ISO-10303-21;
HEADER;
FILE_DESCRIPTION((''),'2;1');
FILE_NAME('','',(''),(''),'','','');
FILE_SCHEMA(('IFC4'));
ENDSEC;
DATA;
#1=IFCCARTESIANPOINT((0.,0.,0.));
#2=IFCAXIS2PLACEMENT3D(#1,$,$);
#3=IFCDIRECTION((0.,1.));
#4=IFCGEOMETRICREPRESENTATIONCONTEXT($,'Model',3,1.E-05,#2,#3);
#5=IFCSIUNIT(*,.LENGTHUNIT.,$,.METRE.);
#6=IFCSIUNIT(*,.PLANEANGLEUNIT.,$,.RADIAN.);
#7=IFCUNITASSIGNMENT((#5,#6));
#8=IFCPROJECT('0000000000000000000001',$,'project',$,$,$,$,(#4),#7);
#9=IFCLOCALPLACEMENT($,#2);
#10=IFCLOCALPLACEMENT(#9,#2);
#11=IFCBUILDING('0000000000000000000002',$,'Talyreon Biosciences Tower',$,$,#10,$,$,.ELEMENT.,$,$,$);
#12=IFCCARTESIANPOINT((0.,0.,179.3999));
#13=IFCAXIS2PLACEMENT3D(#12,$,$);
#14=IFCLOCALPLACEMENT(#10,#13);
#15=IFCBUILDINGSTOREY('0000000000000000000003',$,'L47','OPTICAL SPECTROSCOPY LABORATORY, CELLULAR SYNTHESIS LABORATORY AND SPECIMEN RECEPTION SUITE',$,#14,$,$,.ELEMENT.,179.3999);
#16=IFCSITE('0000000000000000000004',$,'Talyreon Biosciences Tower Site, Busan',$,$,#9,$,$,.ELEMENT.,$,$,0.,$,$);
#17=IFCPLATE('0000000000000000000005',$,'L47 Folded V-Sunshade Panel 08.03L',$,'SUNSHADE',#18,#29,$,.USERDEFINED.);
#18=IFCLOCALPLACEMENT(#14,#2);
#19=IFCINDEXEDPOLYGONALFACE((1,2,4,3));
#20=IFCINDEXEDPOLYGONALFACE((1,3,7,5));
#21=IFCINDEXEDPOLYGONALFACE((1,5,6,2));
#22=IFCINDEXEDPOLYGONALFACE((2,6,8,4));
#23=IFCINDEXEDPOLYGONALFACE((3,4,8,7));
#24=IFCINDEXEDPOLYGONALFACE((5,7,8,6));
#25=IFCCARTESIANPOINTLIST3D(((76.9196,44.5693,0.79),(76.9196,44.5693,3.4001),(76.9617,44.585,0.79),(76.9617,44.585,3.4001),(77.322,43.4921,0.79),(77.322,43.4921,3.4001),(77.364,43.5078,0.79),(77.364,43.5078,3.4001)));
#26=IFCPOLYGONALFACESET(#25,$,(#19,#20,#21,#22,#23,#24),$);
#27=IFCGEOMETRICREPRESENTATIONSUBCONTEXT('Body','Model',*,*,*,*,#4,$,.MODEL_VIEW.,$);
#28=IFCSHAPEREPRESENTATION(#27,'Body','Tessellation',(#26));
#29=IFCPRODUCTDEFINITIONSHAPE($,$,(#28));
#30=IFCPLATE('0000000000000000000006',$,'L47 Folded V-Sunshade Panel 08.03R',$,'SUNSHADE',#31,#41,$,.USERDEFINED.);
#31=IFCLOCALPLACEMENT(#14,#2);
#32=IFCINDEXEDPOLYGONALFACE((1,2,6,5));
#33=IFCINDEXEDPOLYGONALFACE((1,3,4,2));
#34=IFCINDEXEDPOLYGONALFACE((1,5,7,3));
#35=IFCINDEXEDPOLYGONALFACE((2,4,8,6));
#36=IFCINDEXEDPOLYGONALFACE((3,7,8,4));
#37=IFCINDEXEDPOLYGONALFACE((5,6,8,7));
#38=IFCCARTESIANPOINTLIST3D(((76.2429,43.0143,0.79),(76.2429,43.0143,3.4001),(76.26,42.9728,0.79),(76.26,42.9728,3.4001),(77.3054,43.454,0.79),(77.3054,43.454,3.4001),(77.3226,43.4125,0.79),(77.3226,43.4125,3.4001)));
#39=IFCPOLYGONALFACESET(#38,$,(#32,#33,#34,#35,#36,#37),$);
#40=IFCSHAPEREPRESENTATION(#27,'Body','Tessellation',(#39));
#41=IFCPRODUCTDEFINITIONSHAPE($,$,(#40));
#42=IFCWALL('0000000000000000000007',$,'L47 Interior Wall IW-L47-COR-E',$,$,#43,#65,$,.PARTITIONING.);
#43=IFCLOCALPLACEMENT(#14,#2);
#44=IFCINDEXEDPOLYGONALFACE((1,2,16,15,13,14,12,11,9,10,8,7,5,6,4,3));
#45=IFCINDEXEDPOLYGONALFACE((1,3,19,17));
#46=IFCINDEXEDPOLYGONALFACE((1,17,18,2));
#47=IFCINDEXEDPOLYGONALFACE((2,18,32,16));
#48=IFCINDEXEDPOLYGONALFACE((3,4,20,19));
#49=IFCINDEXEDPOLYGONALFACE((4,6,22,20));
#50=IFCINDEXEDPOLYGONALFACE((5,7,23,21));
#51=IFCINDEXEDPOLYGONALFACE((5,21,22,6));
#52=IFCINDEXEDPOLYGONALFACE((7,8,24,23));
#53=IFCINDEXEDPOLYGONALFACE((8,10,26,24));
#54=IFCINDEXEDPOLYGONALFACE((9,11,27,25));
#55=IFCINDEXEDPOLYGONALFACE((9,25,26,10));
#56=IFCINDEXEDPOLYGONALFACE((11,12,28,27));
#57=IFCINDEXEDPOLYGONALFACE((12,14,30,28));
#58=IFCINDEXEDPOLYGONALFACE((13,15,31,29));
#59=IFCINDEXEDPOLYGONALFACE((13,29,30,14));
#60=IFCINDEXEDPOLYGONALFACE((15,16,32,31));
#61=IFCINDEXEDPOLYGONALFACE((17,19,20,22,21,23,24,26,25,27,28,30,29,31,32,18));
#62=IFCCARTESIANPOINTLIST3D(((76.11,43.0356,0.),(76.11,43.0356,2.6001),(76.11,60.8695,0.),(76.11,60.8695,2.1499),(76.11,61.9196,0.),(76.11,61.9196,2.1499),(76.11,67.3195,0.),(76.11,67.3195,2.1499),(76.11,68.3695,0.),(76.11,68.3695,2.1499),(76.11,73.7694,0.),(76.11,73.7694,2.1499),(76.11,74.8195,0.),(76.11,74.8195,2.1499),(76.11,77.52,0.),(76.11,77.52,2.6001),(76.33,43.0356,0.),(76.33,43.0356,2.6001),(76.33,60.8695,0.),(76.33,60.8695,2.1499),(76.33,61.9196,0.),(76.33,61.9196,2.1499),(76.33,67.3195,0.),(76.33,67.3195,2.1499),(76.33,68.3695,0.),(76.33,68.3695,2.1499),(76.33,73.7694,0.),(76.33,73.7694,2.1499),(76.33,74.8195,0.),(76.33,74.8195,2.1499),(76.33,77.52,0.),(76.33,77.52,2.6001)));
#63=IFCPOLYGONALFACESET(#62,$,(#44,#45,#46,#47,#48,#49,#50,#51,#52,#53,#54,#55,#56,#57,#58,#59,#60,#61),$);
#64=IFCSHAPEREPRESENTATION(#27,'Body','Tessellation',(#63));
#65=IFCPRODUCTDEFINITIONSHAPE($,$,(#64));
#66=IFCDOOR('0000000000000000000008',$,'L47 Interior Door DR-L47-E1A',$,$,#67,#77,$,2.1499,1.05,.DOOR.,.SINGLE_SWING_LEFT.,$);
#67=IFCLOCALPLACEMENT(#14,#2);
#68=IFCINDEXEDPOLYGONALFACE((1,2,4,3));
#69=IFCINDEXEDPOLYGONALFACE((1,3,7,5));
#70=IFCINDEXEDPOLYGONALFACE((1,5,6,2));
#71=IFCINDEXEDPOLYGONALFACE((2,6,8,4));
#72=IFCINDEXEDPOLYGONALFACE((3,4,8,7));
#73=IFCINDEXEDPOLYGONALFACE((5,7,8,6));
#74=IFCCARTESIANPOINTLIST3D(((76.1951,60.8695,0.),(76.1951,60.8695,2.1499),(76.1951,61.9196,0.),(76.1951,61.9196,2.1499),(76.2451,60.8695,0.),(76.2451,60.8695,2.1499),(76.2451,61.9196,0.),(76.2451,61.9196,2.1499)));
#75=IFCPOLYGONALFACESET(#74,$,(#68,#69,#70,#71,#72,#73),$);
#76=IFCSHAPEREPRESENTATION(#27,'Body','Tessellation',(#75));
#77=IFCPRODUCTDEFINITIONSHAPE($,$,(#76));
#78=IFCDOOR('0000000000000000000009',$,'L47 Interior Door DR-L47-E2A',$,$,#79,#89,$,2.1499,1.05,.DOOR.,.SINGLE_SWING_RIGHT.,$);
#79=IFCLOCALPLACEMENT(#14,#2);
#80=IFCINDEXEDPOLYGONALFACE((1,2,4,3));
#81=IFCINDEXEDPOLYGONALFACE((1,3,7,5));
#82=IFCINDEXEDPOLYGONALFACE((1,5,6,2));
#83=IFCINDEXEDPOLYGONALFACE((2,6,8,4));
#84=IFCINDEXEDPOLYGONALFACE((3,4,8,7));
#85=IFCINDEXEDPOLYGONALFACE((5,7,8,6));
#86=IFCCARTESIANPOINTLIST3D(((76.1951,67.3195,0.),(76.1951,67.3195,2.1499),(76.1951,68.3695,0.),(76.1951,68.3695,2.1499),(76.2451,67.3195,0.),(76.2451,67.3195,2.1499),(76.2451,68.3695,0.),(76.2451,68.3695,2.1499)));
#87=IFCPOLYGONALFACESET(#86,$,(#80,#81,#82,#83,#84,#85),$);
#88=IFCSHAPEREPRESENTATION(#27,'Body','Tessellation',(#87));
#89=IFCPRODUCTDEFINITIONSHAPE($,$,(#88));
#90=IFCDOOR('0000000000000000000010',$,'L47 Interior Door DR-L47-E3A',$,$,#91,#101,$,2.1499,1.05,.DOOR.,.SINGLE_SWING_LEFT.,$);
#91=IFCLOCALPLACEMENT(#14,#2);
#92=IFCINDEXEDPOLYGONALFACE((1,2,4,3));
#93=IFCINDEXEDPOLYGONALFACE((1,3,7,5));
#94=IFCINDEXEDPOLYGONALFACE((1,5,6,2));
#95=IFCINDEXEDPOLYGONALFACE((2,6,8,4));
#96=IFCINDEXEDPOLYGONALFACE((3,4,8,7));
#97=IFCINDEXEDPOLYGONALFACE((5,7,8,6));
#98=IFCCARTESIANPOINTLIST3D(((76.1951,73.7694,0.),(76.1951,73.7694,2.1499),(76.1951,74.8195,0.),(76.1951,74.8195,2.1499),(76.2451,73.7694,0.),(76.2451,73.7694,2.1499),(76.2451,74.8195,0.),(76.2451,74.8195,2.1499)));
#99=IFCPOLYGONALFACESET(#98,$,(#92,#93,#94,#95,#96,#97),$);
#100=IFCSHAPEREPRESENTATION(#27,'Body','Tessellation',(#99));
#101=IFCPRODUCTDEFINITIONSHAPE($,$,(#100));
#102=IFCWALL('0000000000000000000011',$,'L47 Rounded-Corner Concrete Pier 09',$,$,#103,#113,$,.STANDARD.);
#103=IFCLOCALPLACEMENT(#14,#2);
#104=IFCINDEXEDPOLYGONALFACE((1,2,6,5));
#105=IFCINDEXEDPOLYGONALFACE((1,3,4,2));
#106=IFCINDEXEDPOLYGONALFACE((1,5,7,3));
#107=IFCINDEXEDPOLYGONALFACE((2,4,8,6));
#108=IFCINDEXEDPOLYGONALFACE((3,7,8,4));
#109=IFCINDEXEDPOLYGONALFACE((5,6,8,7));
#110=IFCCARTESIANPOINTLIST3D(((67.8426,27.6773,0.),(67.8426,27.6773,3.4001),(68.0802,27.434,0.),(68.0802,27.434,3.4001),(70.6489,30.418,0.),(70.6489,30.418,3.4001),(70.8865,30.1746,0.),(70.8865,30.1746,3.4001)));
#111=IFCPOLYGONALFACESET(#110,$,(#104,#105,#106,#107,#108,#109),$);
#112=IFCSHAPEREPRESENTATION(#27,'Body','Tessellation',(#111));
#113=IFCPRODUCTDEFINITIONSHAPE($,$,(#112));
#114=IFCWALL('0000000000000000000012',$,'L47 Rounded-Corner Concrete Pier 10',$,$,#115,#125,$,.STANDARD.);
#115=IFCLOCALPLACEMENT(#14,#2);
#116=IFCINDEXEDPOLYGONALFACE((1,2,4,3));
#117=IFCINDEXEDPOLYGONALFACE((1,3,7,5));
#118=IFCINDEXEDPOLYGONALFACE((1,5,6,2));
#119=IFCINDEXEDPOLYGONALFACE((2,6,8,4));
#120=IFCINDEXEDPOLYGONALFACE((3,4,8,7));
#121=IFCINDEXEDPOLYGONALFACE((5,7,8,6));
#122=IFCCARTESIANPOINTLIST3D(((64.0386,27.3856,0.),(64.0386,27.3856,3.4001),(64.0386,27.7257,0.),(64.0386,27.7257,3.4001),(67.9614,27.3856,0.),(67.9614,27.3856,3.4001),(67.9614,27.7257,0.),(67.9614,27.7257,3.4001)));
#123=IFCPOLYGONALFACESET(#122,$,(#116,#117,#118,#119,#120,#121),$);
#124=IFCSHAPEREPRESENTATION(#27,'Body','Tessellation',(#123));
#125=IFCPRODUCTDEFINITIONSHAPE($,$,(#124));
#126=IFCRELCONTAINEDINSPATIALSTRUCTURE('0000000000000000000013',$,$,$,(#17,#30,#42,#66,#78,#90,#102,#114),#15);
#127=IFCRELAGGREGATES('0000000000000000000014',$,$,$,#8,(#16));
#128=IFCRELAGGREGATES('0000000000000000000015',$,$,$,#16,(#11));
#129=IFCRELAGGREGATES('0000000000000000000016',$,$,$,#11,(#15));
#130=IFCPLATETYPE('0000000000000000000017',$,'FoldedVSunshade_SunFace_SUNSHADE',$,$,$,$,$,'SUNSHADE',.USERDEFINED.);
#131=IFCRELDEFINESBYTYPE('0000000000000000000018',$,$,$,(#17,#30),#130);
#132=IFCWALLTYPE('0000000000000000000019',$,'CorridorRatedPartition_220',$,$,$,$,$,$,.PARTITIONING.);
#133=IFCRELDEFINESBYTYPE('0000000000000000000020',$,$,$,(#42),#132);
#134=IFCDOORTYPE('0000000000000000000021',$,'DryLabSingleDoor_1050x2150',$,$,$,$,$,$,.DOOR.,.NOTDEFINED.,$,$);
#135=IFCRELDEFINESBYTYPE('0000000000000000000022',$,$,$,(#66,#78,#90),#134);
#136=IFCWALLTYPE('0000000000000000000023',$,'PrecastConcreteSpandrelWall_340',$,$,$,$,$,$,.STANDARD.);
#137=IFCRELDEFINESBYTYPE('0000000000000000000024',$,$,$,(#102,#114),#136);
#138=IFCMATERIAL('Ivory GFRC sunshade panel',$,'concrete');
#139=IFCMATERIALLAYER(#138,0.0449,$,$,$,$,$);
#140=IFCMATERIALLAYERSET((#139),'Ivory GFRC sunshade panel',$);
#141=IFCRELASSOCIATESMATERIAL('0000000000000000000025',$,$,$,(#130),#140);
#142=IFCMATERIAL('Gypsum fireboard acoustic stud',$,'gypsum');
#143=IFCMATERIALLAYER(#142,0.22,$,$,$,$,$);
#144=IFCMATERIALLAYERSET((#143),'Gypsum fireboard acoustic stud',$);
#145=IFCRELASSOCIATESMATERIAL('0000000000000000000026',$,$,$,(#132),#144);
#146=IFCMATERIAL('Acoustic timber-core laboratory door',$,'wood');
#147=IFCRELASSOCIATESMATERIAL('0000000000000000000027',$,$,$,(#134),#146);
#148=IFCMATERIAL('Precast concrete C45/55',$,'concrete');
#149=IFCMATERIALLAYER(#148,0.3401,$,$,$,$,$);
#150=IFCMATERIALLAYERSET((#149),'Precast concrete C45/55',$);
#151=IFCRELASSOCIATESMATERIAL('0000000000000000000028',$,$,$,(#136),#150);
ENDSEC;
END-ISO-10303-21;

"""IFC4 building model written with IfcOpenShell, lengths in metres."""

from ifc_helpers import new_model, si_unit, direction, frame, frame_2d, origin, origin_2d, place, context, subcontext, project, spatial, rectangle, extrude, material, layer, layer_set, type_object, element, fill, save


model = new_model("IFC4")

# Units and contexts
model_context = context("Model", 3, precision=1e-05, world=origin(), true_north=direction((0.0, 1.0)))
body_context = subcontext(model_context, "Body", "Model", "MODEL_VIEW")
ifc_project = project(units=[si_unit("LENGTHUNIT", "METRE"), si_unit("PLANEANGLEUNIT", "RADIAN")], contexts=[model_context])

# Site, building, storey
site_placement = place(None, origin())
site = spatial("IfcSite", under=ifc_project, at=site_placement, Name="Talyreon Biosciences Tower Site, Busan", CompositionType="ELEMENT", RefElevation=0.0)
building_placement = place(site_placement, origin())
building = spatial("IfcBuilding", under=site, at=building_placement, Name="Talyreon Biosciences Tower", CompositionType="ELEMENT")
storey_placement = place(building_placement, frame((0.0, 0.0, 179.3999)))
storey = spatial("IfcBuildingStorey", under=building, at=storey_placement, Name="L47", Description="OPTICAL SPECTROSCOPY LABORATORY, CELLULAR SYNTHESIS LABORATORY AND SPECIMEN RECEPTION SUITE", CompositionType="ELEMENT", Elevation=179.3999)

# Shared definitions
ifc_material_1 = material(Name="Precast concrete C45/55", Category="concrete")

# Plates
ifc_material_2 = material(Name="Ivory GFRC sunshade panel", Category="concrete")
ifc_layer_1 = layer(ifc_material_2, 0.0449)
ifc_layer_set_1 = layer_set([ifc_layer_1], Name="Ivory GFRC sunshade panel")
plate_type_1 = type_object("IfcPlateType", Name="FoldedVSunshade_SunFace_SUNSHADE", ElementType="SUNSHADE", PredefinedType="USERDEFINED", material=ifc_layer_set_1)
for number, where, z_axis, x_axis, name in (
    (1, (77.1418, 44.0386, 0.79), (0.0, 0.0, 1.0), (0.349864, -0.9368, 0.0), "L47 Folded V-Sunshade Panel 08.03L"),
    (2, (76.7827, 43.2134, 0.79), (0.0, 0.0, 1.0), (-0.92402, -0.382345, 0.0), "L47 Folded V-Sunshade Panel 08.03R"),
):
    element("IfcPlate", number, at=place(storey_placement, frame(where, z_axis=z_axis, x_axis=x_axis)), inside=storey, type_object=plate_type_1, Name=name, ObjectType="SUNSHADE", PredefinedType="USERDEFINED", context=body_context, shape_type="SweptSolid", body=[
        extrude(rectangle(XDim=1.1499, YDim=0.0449, at=origin_2d()), origin(), (0.0, 0.0, 1.0), 2.6101),
    ])

# Wall, openings, doors
ifc_material_3 = material(Name="Gypsum fireboard acoustic stud", Category="gypsum")
ifc_layer_2 = layer(ifc_material_3, 0.22)
ifc_layer_set_2 = layer_set([ifc_layer_2], Name="Gypsum fireboard acoustic stud")
wall_type_1 = type_object("IfcWallType", Name="CorridorRatedPartition_220", PredefinedType="PARTITIONING", material=ifc_layer_set_2)
wall_1_placement = place(storey_placement, frame((76.22, 43.0356, 0.0), z_axis=(0.0, 0.0, 1.0), x_axis=(0.0, 1.0, 0.0)))
wall_1 = element("IfcWall", 3, at=wall_1_placement, inside=storey, type_object=wall_type_1, Name="L47 Interior Wall IW-L47-COR-E", PredefinedType="PARTITIONING", context=body_context, shape_type="SweptSolid", body=[
    extrude(rectangle(XDim=34.4844, YDim=0.22, at=frame_2d((17.2422, 0.0))), origin(), (0.0, 0.0, 1.0), 2.6001),
])
opening_1_placement = place(wall_1_placement, frame((17.834, 0.0, 0.0)))
opening_1 = element("IfcOpeningElement", 4, at=opening_1_placement, cuts=wall_1, PredefinedType="OPENING", context=body_context, shape_type="SweptSolid", body=[
    extrude(rectangle(XDim=1.05, YDim=2.1499, at=frame_2d((0.5249, 1.075))), frame((0.0, 0.1199, 0.0), z_axis=(0.0, -1.0, 0.0), x_axis=(1.0, 0.0, 0.0)), (0.0, 0.0, 1.0), 0.24),
])
opening_2_placement = place(wall_1_placement, frame((24.2839, 0.0, 0.0)))
opening_2 = element("IfcOpeningElement", 5, at=opening_2_placement, cuts=wall_1, PredefinedType="OPENING", context=body_context, shape_type="SweptSolid", body=[
    extrude(rectangle(XDim=1.05, YDim=2.1499, at=frame_2d((0.5249, 1.075))), frame((0.0, 0.1199, 0.0), z_axis=(0.0, -1.0, 0.0), x_axis=(1.0, 0.0, 0.0)), (0.0, 0.0, 1.0), 0.24),
])
opening_3_placement = place(wall_1_placement, frame((30.7339, 0.0, 0.0)))
opening_3 = element("IfcOpeningElement", 6, at=opening_3_placement, cuts=wall_1, PredefinedType="OPENING", context=body_context, shape_type="SweptSolid", body=[
    extrude(rectangle(XDim=1.05, YDim=2.1499, at=frame_2d((0.5249, 1.075))), frame((0.0, 0.1199, 0.0), z_axis=(0.0, -1.0, 0.0), x_axis=(1.0, 0.0, 0.0)), (0.0, 0.0, 1.0), 0.24),
])
ifc_material_4 = material(Name="Acoustic timber-core laboratory door", Category="wood")
door_type = type_object("IfcDoorType", Name="DryLabSingleDoor_1050x2150", OperationType="NOTDEFINED", PredefinedType="DOOR", material=ifc_material_4)
door_1_placement = place(opening_1_placement, origin())
door_1 = element("IfcDoor", 7, at=door_1_placement, inside=storey, type_object=door_type, Name="L47 Interior Door DR-L47-E1A", OperationType="SINGLE_SWING_LEFT", OverallHeight=2.1499, OverallWidth=1.05, PredefinedType="DOOR", context=body_context, shape_type="SweptSolid", body=[
    extrude(rectangle(XDim=1.05, YDim=2.1499, at=frame_2d((0.5249, 1.075))), frame((0.0, 0.0249, 0.0), z_axis=(0.0, -1.0, 0.0), x_axis=(1.0, 0.0, 0.0)), (0.0, 0.0, 1.0), 0.05),
])
fill(opening_1, door_1)
door_2_placement = place(opening_2_placement, origin())
door_2 = element("IfcDoor", 8, at=door_2_placement, inside=storey, type_object=door_type, Name="L47 Interior Door DR-L47-E2A", OperationType="SINGLE_SWING_RIGHT", OverallHeight=2.1499, OverallWidth=1.05, PredefinedType="DOOR", context=body_context, shape_type="SweptSolid", body=[
    extrude(rectangle(XDim=1.05, YDim=2.1499, at=frame_2d((0.5249, 1.075))), frame((0.0, 0.0249, 0.0), z_axis=(0.0, -1.0, 0.0), x_axis=(1.0, 0.0, 0.0)), (0.0, 0.0, 1.0), 0.05),
])
fill(opening_2, door_2)
door_3_placement = place(opening_3_placement, origin())
door_3 = element("IfcDoor", 9, at=door_3_placement, inside=storey, type_object=door_type, Name="L47 Interior Door DR-L47-E3A", OperationType="SINGLE_SWING_LEFT", OverallHeight=2.1499, OverallWidth=1.05, PredefinedType="DOOR", context=body_context, shape_type="SweptSolid", body=[
    extrude(rectangle(XDim=1.05, YDim=2.1499, at=frame_2d((0.5249, 1.075))), frame((0.0, 0.0249, 0.0), z_axis=(0.0, -1.0, 0.0), x_axis=(1.0, 0.0, 0.0)), (0.0, 0.0, 1.0), 0.05),
])
fill(opening_3, door_3)

# Walls
ifc_layer_3 = layer(ifc_material_1, 0.3401)
ifc_layer_set_3 = layer_set([ifc_layer_3], Name="Precast concrete C45/55")
wall_type_2 = type_object("IfcWallType", Name="PrecastConcreteSpandrelWall_340", PredefinedType="STANDARD", material=ifc_layer_set_3)
wall_2_placement = place(storey_placement, frame((70.7678, 30.2964, 0.0), z_axis=(0.0, 0.0, 1.0), x_axis=(-0.715428, -0.698686, 0.0)))
element("IfcWall", 10, at=wall_2_placement, inside=storey, type_object=wall_type_2, Name="L47 Rounded-Corner Concrete Pier 09", PredefinedType="STANDARD", context=body_context, shape_type="SweptSolid", body=[
    extrude(rectangle(XDim=3.9226, YDim=0.3401, at=frame_2d((1.9614, 0.0))), origin(), (0.0, 0.0, 1.0), 3.4001),
])
wall_3_placement = place(storey_placement, frame((67.9614, 27.5557, 0.0), z_axis=(0.0, 0.0, 1.0), x_axis=(-1.0, 0.0, 0.0)))
element("IfcWall", 11, at=wall_3_placement, inside=storey, type_object=wall_type_2, Name="L47 Rounded-Corner Concrete Pier 10", PredefinedType="STANDARD", context=body_context, shape_type="SweptSolid", body=[
    extrude(rectangle(XDim=3.9229, YDim=0.3401, at=frame_2d((1.9614, 0.0))), origin(), (0.0, 0.0, 1.0), 3.4001),
])

save(model, "model.ifc")
